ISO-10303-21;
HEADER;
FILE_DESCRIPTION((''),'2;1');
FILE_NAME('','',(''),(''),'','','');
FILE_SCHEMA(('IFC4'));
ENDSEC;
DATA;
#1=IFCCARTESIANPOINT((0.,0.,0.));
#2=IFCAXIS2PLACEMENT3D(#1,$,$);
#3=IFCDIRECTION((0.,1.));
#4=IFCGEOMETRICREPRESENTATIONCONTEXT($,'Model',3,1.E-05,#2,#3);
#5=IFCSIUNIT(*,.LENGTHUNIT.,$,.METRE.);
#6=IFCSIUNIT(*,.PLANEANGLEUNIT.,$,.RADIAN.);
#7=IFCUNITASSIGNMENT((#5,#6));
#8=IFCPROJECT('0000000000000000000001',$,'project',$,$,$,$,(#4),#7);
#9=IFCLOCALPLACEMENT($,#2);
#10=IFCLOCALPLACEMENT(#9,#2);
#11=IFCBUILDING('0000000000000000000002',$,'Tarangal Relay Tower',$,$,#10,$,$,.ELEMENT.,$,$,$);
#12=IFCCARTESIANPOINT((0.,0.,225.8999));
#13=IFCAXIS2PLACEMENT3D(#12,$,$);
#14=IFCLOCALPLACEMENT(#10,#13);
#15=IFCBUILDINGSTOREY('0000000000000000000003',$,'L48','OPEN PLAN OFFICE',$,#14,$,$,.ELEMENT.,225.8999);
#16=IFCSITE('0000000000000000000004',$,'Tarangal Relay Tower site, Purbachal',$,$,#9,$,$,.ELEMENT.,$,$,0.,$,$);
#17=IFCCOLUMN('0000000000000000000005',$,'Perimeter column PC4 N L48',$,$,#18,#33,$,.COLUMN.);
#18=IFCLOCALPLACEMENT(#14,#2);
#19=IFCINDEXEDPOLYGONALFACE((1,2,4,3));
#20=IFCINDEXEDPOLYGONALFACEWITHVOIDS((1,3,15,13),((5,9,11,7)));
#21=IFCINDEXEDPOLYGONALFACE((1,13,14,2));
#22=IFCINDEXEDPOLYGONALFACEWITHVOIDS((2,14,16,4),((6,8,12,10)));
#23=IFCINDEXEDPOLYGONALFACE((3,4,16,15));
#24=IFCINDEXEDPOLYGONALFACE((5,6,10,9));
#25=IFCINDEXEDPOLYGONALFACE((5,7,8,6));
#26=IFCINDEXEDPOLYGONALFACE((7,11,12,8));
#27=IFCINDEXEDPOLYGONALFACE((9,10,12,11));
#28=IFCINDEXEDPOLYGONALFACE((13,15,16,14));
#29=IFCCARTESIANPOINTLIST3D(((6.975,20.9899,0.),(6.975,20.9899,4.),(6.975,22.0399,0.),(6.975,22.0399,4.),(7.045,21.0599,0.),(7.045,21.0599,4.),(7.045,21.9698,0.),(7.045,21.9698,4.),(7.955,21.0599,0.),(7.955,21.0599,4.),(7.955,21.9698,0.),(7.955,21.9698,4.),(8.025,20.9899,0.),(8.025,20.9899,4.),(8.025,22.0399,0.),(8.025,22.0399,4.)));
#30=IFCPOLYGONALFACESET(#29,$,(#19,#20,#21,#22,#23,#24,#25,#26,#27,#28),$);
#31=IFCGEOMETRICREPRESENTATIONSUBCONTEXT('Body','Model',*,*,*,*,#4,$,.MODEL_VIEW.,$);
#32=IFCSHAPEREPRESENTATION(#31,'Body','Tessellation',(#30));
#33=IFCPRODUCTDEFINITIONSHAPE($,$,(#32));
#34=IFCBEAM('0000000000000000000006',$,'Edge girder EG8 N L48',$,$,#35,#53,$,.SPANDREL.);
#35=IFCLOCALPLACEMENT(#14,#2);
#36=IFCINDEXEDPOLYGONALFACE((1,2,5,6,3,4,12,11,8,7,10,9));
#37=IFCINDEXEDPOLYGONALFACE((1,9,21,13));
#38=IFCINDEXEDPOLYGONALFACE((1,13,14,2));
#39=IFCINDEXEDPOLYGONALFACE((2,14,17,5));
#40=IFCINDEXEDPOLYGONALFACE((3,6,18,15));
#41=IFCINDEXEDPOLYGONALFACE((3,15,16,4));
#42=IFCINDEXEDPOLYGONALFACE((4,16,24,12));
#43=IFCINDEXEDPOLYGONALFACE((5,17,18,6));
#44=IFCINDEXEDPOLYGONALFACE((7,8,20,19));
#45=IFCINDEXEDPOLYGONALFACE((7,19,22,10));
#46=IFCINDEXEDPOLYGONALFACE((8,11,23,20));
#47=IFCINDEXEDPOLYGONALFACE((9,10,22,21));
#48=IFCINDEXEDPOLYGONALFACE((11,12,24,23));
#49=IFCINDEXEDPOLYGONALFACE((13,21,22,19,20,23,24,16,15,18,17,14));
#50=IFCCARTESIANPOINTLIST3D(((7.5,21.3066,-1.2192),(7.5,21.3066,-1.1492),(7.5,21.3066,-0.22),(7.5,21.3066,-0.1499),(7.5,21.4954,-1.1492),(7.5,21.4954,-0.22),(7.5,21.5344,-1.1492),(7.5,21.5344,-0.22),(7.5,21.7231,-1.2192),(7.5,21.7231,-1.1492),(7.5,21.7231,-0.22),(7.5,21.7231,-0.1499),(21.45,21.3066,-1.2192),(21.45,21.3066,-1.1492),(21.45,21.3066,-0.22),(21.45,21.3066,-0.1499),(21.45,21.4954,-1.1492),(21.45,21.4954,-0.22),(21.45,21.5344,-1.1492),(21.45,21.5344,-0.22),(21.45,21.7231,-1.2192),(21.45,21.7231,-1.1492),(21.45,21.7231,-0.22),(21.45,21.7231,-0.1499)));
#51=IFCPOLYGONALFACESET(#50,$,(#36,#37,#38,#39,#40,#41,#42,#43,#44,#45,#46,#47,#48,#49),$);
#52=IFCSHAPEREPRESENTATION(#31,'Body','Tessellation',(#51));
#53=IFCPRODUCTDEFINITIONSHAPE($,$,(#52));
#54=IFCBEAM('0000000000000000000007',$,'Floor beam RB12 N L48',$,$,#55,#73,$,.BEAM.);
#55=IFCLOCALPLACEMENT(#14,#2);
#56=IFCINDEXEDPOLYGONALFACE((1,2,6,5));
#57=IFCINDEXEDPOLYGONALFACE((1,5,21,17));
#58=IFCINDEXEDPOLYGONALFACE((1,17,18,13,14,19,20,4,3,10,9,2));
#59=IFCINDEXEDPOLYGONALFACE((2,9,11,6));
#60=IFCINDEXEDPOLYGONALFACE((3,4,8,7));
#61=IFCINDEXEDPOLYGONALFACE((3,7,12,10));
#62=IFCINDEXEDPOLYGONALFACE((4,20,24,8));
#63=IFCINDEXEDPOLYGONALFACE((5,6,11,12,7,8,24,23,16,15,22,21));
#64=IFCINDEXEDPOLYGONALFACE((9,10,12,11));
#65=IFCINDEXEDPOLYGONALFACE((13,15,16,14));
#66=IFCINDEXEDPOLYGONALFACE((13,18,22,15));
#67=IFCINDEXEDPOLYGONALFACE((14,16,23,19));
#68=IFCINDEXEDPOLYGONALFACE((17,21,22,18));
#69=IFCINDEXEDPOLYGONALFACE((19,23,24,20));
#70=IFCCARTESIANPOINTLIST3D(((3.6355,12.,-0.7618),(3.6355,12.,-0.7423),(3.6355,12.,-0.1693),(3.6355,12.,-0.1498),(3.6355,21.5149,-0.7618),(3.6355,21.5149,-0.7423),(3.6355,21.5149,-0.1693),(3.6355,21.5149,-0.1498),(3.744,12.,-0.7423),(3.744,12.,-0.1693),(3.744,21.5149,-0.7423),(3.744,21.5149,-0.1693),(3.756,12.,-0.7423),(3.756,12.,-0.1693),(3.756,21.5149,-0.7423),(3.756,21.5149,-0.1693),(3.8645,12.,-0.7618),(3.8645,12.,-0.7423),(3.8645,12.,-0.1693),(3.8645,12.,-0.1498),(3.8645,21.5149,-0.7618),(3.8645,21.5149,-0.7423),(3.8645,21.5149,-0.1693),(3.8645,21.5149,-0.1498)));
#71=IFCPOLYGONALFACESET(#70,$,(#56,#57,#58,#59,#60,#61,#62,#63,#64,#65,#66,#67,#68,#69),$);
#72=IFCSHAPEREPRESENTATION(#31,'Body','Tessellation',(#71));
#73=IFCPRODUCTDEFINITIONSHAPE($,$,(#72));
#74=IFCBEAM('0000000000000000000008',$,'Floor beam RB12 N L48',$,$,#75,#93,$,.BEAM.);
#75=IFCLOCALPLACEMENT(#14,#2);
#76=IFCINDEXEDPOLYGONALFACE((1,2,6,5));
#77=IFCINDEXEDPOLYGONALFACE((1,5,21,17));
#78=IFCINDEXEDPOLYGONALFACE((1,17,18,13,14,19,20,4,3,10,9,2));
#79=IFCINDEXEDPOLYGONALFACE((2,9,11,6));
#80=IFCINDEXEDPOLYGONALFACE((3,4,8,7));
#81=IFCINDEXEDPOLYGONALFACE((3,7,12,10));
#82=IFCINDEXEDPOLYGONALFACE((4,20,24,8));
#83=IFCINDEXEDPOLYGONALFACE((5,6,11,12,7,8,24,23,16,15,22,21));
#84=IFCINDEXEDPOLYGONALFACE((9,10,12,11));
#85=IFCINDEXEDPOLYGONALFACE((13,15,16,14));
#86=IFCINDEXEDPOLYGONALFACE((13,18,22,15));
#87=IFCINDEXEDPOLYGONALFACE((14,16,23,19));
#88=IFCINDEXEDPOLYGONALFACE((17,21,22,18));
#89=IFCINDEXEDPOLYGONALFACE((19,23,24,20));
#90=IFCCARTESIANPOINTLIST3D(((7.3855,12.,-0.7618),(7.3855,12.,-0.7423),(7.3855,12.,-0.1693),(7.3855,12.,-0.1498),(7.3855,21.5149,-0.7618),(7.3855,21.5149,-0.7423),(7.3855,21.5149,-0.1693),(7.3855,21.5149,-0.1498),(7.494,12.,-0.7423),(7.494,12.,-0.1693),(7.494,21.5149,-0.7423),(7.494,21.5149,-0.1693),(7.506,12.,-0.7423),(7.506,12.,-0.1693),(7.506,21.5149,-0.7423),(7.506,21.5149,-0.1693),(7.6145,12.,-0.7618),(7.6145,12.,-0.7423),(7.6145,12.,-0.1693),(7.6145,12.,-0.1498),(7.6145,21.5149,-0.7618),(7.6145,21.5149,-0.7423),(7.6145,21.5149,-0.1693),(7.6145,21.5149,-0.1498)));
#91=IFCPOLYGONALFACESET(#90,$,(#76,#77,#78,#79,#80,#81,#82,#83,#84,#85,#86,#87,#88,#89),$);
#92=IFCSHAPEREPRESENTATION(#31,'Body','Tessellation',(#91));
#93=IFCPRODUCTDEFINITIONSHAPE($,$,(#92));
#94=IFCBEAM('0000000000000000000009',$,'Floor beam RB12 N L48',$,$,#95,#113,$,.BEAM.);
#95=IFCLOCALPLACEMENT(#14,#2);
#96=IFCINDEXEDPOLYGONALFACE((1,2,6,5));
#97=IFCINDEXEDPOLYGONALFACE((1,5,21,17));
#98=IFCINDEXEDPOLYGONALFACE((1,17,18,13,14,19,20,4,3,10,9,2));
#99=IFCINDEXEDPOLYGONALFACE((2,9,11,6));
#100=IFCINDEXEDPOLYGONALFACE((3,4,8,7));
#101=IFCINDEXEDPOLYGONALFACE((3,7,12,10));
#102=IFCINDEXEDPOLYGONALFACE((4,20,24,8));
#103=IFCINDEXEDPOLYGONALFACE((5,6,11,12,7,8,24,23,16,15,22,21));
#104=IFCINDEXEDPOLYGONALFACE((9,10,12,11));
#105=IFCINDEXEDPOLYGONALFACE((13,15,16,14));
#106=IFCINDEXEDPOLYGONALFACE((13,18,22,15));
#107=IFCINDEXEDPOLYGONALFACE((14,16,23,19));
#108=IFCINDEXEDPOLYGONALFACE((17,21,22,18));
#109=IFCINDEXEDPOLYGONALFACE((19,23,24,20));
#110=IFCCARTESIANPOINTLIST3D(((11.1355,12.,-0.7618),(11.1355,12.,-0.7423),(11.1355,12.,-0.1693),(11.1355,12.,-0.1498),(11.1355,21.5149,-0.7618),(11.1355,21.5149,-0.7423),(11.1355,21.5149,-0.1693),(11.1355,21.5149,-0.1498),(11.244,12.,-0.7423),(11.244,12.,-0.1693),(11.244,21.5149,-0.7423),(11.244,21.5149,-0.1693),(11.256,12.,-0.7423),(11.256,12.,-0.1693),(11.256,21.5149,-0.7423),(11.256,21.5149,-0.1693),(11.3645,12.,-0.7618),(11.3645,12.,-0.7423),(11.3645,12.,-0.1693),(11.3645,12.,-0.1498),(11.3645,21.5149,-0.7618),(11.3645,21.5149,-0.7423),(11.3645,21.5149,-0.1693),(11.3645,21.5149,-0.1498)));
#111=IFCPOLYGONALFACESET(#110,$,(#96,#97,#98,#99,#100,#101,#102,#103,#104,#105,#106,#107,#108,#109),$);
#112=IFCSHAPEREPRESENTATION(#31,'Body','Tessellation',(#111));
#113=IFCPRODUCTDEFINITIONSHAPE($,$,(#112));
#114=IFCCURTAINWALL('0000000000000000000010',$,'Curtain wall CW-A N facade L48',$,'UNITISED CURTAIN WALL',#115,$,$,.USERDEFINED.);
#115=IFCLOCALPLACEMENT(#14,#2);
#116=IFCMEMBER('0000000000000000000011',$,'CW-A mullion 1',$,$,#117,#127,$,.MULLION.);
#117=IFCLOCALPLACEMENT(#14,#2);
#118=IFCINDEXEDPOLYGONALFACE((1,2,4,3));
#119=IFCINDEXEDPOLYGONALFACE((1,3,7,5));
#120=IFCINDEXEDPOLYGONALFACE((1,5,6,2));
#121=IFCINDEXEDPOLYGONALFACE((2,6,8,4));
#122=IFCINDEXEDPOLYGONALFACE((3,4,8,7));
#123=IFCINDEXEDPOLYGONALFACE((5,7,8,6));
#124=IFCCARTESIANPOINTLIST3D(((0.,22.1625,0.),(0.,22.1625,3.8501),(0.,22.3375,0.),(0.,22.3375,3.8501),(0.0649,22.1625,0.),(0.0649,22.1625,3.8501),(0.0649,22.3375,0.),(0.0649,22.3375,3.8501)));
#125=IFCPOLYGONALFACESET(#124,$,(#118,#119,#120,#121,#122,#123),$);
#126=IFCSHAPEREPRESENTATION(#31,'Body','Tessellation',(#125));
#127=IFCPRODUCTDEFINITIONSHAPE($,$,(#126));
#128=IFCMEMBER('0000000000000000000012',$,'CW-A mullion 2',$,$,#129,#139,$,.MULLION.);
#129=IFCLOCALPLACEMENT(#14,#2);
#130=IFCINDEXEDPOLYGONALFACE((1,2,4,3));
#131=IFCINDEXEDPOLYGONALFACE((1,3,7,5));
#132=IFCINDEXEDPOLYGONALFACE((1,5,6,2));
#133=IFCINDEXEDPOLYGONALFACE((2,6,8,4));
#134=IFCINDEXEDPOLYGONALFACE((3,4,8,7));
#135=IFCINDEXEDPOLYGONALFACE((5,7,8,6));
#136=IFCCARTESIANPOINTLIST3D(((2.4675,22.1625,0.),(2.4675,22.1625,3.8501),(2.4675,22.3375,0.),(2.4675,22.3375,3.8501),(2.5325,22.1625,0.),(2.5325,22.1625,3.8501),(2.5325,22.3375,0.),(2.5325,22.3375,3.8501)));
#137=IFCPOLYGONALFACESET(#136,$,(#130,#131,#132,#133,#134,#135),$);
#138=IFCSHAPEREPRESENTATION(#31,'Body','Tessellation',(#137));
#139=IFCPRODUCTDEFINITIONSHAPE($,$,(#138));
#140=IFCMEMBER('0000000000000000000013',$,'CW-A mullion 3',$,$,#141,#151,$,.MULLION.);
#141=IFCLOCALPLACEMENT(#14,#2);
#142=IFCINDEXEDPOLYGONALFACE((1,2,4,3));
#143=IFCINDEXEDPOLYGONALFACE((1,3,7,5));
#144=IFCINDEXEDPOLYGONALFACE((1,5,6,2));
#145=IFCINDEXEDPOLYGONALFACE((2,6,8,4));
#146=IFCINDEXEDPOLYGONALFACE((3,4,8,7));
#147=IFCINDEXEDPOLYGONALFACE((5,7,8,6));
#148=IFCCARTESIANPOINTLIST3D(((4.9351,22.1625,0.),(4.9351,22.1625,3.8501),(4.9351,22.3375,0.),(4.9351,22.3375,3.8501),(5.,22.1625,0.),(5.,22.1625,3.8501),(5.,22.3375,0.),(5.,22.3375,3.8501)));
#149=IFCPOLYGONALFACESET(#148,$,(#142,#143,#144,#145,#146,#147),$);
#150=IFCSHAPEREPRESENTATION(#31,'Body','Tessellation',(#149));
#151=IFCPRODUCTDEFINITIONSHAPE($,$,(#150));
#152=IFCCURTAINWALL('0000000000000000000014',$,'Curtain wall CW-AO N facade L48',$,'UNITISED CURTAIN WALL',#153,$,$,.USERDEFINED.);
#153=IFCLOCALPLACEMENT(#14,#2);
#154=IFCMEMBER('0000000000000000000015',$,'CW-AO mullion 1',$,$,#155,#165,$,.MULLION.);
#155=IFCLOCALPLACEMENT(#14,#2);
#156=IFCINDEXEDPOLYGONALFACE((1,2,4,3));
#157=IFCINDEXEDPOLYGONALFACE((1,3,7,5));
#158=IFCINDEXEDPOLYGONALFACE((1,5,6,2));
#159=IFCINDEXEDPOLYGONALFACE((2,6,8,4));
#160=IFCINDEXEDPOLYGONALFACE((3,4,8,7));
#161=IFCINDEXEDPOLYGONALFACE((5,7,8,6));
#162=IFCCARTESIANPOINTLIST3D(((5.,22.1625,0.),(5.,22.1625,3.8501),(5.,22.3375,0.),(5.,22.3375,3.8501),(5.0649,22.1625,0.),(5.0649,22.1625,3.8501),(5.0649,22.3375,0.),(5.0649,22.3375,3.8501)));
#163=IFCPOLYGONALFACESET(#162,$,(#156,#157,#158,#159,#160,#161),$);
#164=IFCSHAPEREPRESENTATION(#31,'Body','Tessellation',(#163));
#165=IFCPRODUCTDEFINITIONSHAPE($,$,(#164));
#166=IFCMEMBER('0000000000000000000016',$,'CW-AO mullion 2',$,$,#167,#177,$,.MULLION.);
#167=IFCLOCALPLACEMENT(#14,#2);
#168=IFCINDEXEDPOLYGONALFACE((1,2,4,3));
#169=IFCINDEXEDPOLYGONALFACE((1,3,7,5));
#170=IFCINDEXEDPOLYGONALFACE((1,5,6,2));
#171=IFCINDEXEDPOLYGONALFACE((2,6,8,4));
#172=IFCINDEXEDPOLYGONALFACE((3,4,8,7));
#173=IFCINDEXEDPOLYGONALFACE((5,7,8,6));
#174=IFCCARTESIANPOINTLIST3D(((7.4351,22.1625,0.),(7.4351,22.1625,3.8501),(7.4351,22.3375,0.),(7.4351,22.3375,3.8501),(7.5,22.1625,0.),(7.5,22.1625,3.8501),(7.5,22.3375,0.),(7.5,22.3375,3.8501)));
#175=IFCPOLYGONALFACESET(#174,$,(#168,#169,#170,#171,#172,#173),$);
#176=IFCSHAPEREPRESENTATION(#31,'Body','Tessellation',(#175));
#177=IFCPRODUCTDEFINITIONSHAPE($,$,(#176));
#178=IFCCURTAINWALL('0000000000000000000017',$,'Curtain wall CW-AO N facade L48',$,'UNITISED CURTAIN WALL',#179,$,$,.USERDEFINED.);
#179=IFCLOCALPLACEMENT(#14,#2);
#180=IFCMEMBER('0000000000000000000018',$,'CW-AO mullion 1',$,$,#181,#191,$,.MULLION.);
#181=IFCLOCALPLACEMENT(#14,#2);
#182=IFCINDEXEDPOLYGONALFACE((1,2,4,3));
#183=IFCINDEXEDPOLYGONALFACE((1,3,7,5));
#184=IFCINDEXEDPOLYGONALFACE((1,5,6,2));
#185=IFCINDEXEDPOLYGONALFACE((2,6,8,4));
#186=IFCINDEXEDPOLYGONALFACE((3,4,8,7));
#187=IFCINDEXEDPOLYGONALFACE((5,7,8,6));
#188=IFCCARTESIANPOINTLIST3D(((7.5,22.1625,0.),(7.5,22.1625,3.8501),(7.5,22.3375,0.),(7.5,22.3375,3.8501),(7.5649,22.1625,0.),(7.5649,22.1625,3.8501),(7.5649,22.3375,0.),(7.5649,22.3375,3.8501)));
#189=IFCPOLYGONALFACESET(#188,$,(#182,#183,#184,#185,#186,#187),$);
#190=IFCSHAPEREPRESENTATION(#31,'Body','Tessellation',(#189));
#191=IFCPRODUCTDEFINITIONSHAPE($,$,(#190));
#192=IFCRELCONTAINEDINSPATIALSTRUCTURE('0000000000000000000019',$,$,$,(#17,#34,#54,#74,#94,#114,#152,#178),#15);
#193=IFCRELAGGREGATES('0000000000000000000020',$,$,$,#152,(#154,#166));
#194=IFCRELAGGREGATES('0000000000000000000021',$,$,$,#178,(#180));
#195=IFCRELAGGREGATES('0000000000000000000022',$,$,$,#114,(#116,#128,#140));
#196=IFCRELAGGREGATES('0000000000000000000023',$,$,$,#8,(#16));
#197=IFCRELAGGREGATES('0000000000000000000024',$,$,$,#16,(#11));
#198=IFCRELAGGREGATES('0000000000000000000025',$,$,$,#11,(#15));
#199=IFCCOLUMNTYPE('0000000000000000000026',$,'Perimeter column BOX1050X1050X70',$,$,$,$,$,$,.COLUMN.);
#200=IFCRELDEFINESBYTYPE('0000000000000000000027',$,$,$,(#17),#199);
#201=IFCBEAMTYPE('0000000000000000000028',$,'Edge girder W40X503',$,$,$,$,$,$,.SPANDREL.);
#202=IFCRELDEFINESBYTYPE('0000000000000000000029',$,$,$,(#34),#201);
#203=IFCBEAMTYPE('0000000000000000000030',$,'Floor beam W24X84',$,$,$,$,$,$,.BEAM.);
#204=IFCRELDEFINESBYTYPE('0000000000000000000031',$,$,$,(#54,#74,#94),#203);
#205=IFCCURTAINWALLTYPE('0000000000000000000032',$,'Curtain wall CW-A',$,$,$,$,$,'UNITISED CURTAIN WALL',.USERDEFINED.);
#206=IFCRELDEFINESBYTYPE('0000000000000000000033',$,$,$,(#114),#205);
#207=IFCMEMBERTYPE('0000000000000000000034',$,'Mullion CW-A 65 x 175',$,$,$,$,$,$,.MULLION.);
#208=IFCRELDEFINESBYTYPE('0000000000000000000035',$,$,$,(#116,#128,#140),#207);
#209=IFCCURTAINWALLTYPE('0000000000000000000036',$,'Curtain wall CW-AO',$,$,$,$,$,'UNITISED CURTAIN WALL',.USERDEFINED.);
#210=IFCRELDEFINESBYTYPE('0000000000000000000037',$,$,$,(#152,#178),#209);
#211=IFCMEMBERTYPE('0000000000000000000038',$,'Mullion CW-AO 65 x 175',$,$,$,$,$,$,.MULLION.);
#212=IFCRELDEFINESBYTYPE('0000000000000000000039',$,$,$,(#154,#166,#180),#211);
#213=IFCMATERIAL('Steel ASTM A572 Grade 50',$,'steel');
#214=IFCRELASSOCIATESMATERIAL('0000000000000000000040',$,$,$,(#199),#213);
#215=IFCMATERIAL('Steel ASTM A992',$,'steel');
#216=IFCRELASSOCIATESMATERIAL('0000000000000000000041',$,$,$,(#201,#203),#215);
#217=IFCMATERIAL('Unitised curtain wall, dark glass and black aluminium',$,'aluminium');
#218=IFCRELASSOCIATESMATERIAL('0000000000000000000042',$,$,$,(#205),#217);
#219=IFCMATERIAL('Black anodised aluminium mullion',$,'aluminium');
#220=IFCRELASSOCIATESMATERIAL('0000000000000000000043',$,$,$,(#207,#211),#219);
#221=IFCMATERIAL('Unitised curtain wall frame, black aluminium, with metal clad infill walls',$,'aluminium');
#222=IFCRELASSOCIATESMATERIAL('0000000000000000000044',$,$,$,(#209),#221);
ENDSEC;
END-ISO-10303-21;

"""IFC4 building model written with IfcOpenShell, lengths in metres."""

from ifc_helpers import new_model, si_unit, direction, frame, origin, origin_2d, place, context, subcontext, project, spatial, rectangle, hollow_rectangle, i_section, extrude, material, material_profile, profile_set, type_object, element, aggregate, save


model = new_model("IFC4")

# Units and contexts
model_context = context("Model", 3, precision=1e-05, world=origin(), true_north=direction((0.0, 1.0)))
body_context = subcontext(model_context, "Body", "Model", "MODEL_VIEW")
ifc_project = project(units=[si_unit("LENGTHUNIT", "METRE"), si_unit("PLANEANGLEUNIT", "RADIAN")], contexts=[model_context])

# Site, building, storey
site_placement = place(None, origin())
site = spatial("IfcSite", under=ifc_project, at=site_placement, Name="Tarangal Relay Tower site, Purbachal", CompositionType="ELEMENT", RefElevation=0.0)
building_placement = place(site_placement, origin())
building = spatial("IfcBuilding", under=site, at=building_placement, Name="Tarangal Relay Tower", CompositionType="ELEMENT")
storey_placement = place(building_placement, frame((0.0, 0.0, 225.8999)))
storey = spatial("IfcBuildingStorey", under=building, at=storey_placement, Name="L48", Description="OPEN PLAN OFFICE", CompositionType="ELEMENT", Elevation=225.8999)

# Column
ifc_material_1 = material(Name="Steel ASTM A572 Grade 50", Category="steel")
ifc_material_profile_1 = material_profile(ifc_material_1, hollow_rectangle(XDim=1.05, YDim=1.05, WallThickness=0.0701, at=origin_2d()), Name="BOX1050X1050X70")
ifc_profile_set_1 = profile_set([ifc_material_profile_1], Name="Steel ASTM A572 Grade 50")
column_type = type_object("IfcColumnType", Name="Perimeter column BOX1050X1050X70", PredefinedType="COLUMN", material=ifc_profile_set_1)
column_placement = place(storey_placement, frame((7.5, 21.5149, 0.0), z_axis=(0.0, 0.0, 1.0), x_axis=(1.0, 0.0, 0.0)))
element("IfcColumn", 1, at=column_placement, inside=storey, type_object=column_type, Name="Perimeter column PC4 N L48", PredefinedType="COLUMN", context=body_context, shape_type="SweptSolid", body=[
    extrude(hollow_rectangle(XDim=1.05, YDim=1.05, WallThickness=0.0701, at=origin_2d()), origin(), (0.0, 0.0, 1.0), 4.0),
])

# Beams
ifc_material_2 = material(Name="Steel ASTM A992", Category="steel")
ifc_material_profile_2 = material_profile(ifc_material_2, i_section(OverallWidth=0.4165, OverallDepth=1.0693, WebThickness=0.0391, FlangeThickness=0.0701, at=origin_2d()), Name="W40X503")
ifc_profile_set_2 = profile_set([ifc_material_profile_2], Name="Steel ASTM A992")
beam_type_1 = type_object("IfcBeamType", Name="Edge girder W40X503", PredefinedType="SPANDREL", material=ifc_profile_set_2)
beam_placement = place(storey_placement, frame((7.5, 21.5149, -0.6846), z_axis=(1.0, 0.0, 0.0), x_axis=(0.0, 1.0, 0.0)))
element("IfcBeam", 2, at=beam_placement, inside=storey, type_object=beam_type_1, Name="Edge girder EG8 N L48", PredefinedType="SPANDREL", context=body_context, shape_type="SweptSolid", body=[
    extrude(i_section(OverallWidth=0.4165, OverallDepth=1.0693, WebThickness=0.0391, FlangeThickness=0.0701, at=origin_2d()), origin(), (0.0, 0.0, 1.0), 13.95),
])
ifc_material_profile_3 = material_profile(ifc_material_2, i_section(OverallWidth=0.229, OverallDepth=0.6121, WebThickness=0.012, FlangeThickness=0.0195, at=origin_2d()), Name="W24X84")
ifc_profile_set_3 = profile_set([ifc_material_profile_3], Name="Steel ASTM A992")
beam_type_2 = type_object("IfcBeamType", Name="Floor beam W24X84", PredefinedType="BEAM", material=ifc_profile_set_3)
for number, where, z_axis, x_axis, name in (
    (3, (3.75, 12.0, -0.4558), (0.0, 1.0, 0.0), (-1.0, 0.0, 0.0), "Floor beam RB12 N L48"),
    (4, (7.5, 12.0, -0.4558), (0.0, 1.0, 0.0), (-1.0, 0.0, 0.0), "Floor beam RB12 N L48"),
    (5, (11.25, 12.0, -0.4558), (0.0, 1.0, 0.0), (-1.0, 0.0, 0.0), "Floor beam RB12 N L48"),
):
    element("IfcBeam", number, at=place(storey_placement, frame(where, z_axis=z_axis, x_axis=x_axis)), inside=storey, type_object=beam_type_2, Name=name, PredefinedType="BEAM", context=body_context, shape_type="SweptSolid", body=[
        extrude(i_section(OverallWidth=0.229, OverallDepth=0.6121, WebThickness=0.012, FlangeThickness=0.0195, at=origin_2d()), origin(), (0.0, 0.0, 1.0), 9.5149),
    ])

# Curtain walls, members
ifc_material_3 = material(Name="Unitised curtain wall, dark glass and black aluminium", Category="aluminium")
curtain_wall_type_1 = type_object("IfcCurtainWallType", Name="Curtain wall CW-A", ElementType="UNITISED CURTAIN WALL", PredefinedType="USERDEFINED", material=ifc_material_3)
curtain_wall_1_placement = place(storey_placement, origin())
curtain_wall_1 = element("IfcCurtainWall", 6, at=curtain_wall_1_placement, inside=storey, type_object=curtain_wall_type_1, Name="Curtain wall CW-A N facade L48", ObjectType="UNITISED CURTAIN WALL", PredefinedType="USERDEFINED")
ifc_material_4 = material(Name="Black anodised aluminium mullion", Category="aluminium")
ifc_material_profile_4 = material_profile(ifc_material_4, rectangle(XDim=0.175, YDim=0.0649, at=origin_2d()), Name="CW-AM 65X175")
ifc_profile_set_4 = profile_set([ifc_material_profile_4], Name="Black anodised aluminium mullion")
member_type_1 = type_object("IfcMemberType", Name="Mullion CW-A 65 x 175", PredefinedType="MULLION", material=ifc_profile_set_4)
member_1_placement = place(storey_placement, frame((0.0325, 22.25, 0.0), z_axis=(0.0, 0.0, 1.0), x_axis=(0.0, 1.0, 0.0)))
member_1 = element("IfcMember", 7, at=member_1_placement, type_object=member_type_1, Name="CW-A mullion 1", PredefinedType="MULLION", context=body_context, shape_type="SweptSolid", body=[
    extrude(rectangle(XDim=0.175, YDim=0.0649, at=origin_2d()), origin(), (0.0, 0.0, 1.0), 3.8501),
])
member_2_placement = place(storey_placement, frame((2.5, 22.25, 0.0), z_axis=(0.0, 0.0, 1.0), x_axis=(0.0, 1.0, 0.0)))
member_2 = element("IfcMember", 8, at=member_2_placement, type_object=member_type_1, Name="CW-A mullion 2", PredefinedType="MULLION", context=body_context, shape_type="SweptSolid", body=[
    extrude(rectangle(XDim=0.175, YDim=0.0649, at=origin_2d()), origin(), (0.0, 0.0, 1.0), 3.8501),
])
member_3_placement = place(storey_placement, frame((4.9675, 22.25, 0.0), z_axis=(0.0, 0.0, 1.0), x_axis=(0.0, 1.0, 0.0)))
member_3 = element("IfcMember", 9, at=member_3_placement, type_object=member_type_1, Name="CW-A mullion 3", PredefinedType="MULLION", context=body_context, shape_type="SweptSolid", body=[
    extrude(rectangle(XDim=0.175, YDim=0.0649, at=origin_2d()), origin(), (0.0, 0.0, 1.0), 3.8501),
])
ifc_material_5 = material(Name="Unitised curtain wall frame, black aluminium, with metal clad infill walls", Category="aluminium")
curtain_wall_type_2 = type_object("IfcCurtainWallType", Name="Curtain wall CW-AO", ElementType="UNITISED CURTAIN WALL", PredefinedType="USERDEFINED", material=ifc_material_5)
curtain_wall_2_placement = place(storey_placement, origin())
curtain_wall_2 = element("IfcCurtainWall", 10, at=curtain_wall_2_placement, inside=storey, type_object=curtain_wall_type_2, Name="Curtain wall CW-AO N facade L48", ObjectType="UNITISED CURTAIN WALL", PredefinedType="USERDEFINED")
ifc_material_profile_5 = material_profile(ifc_material_4, rectangle(XDim=0.175, YDim=0.0649, at=origin_2d()), Name="CW-AOM 65X175")
ifc_profile_set_5 = profile_set([ifc_material_profile_5], Name="Black anodised aluminium mullion")
member_type_2 = type_object("IfcMemberType", Name="Mullion CW-AO 65 x 175", PredefinedType="MULLION", material=ifc_profile_set_5)
member_4_placement = place(storey_placement, frame((5.0325, 22.25, 0.0), z_axis=(0.0, 0.0, 1.0), x_axis=(0.0, 1.0, 0.0)))
member_4 = element("IfcMember", 11, at=member_4_placement, type_object=member_type_2, Name="CW-AO mullion 1", PredefinedType="MULLION", context=body_context, shape_type="SweptSolid", body=[
    extrude(rectangle(XDim=0.175, YDim=0.0649, at=origin_2d()), origin(), (0.0, 0.0, 1.0), 3.8501),
])
member_5_placement = place(storey_placement, frame((7.4675, 22.25, 0.0), z_axis=(0.0, 0.0, 1.0), x_axis=(0.0, 1.0, 0.0)))
member_5 = element("IfcMember", 12, at=member_5_placement, type_object=member_type_2, Name="CW-AO mullion 2", PredefinedType="MULLION", context=body_context, shape_type="SweptSolid", body=[
    extrude(rectangle(XDim=0.175, YDim=0.0649, at=origin_2d()), origin(), (0.0, 0.0, 1.0), 3.8501),
])
curtain_wall_3_placement = place(storey_placement, origin())
curtain_wall_3 = element("IfcCurtainWall", 13, at=curtain_wall_3_placement, inside=storey, type_object=curtain_wall_type_2, Name="Curtain wall CW-AO N facade L48", ObjectType="UNITISED CURTAIN WALL", PredefinedType="USERDEFINED")
member_6_placement = place(storey_placement, frame((7.5325, 22.25, 0.0), z_axis=(0.0, 0.0, 1.0), x_axis=(0.0, 1.0, 0.0)))
member_6 = element("IfcMember", 14, at=member_6_placement, type_object=member_type_2, Name="CW-AO mullion 1", PredefinedType="MULLION", context=body_context, shape_type="SweptSolid", body=[
    extrude(rectangle(XDim=0.175, YDim=0.0649, at=origin_2d()), origin(), (0.0, 0.0, 1.0), 3.8501),
])

aggregate(curtain_wall_2, [member_4, member_5])
aggregate(curtain_wall_3, [member_6])

aggregate(curtain_wall_1, [member_1, member_2, member_3])

save(model, "model.ifc")
